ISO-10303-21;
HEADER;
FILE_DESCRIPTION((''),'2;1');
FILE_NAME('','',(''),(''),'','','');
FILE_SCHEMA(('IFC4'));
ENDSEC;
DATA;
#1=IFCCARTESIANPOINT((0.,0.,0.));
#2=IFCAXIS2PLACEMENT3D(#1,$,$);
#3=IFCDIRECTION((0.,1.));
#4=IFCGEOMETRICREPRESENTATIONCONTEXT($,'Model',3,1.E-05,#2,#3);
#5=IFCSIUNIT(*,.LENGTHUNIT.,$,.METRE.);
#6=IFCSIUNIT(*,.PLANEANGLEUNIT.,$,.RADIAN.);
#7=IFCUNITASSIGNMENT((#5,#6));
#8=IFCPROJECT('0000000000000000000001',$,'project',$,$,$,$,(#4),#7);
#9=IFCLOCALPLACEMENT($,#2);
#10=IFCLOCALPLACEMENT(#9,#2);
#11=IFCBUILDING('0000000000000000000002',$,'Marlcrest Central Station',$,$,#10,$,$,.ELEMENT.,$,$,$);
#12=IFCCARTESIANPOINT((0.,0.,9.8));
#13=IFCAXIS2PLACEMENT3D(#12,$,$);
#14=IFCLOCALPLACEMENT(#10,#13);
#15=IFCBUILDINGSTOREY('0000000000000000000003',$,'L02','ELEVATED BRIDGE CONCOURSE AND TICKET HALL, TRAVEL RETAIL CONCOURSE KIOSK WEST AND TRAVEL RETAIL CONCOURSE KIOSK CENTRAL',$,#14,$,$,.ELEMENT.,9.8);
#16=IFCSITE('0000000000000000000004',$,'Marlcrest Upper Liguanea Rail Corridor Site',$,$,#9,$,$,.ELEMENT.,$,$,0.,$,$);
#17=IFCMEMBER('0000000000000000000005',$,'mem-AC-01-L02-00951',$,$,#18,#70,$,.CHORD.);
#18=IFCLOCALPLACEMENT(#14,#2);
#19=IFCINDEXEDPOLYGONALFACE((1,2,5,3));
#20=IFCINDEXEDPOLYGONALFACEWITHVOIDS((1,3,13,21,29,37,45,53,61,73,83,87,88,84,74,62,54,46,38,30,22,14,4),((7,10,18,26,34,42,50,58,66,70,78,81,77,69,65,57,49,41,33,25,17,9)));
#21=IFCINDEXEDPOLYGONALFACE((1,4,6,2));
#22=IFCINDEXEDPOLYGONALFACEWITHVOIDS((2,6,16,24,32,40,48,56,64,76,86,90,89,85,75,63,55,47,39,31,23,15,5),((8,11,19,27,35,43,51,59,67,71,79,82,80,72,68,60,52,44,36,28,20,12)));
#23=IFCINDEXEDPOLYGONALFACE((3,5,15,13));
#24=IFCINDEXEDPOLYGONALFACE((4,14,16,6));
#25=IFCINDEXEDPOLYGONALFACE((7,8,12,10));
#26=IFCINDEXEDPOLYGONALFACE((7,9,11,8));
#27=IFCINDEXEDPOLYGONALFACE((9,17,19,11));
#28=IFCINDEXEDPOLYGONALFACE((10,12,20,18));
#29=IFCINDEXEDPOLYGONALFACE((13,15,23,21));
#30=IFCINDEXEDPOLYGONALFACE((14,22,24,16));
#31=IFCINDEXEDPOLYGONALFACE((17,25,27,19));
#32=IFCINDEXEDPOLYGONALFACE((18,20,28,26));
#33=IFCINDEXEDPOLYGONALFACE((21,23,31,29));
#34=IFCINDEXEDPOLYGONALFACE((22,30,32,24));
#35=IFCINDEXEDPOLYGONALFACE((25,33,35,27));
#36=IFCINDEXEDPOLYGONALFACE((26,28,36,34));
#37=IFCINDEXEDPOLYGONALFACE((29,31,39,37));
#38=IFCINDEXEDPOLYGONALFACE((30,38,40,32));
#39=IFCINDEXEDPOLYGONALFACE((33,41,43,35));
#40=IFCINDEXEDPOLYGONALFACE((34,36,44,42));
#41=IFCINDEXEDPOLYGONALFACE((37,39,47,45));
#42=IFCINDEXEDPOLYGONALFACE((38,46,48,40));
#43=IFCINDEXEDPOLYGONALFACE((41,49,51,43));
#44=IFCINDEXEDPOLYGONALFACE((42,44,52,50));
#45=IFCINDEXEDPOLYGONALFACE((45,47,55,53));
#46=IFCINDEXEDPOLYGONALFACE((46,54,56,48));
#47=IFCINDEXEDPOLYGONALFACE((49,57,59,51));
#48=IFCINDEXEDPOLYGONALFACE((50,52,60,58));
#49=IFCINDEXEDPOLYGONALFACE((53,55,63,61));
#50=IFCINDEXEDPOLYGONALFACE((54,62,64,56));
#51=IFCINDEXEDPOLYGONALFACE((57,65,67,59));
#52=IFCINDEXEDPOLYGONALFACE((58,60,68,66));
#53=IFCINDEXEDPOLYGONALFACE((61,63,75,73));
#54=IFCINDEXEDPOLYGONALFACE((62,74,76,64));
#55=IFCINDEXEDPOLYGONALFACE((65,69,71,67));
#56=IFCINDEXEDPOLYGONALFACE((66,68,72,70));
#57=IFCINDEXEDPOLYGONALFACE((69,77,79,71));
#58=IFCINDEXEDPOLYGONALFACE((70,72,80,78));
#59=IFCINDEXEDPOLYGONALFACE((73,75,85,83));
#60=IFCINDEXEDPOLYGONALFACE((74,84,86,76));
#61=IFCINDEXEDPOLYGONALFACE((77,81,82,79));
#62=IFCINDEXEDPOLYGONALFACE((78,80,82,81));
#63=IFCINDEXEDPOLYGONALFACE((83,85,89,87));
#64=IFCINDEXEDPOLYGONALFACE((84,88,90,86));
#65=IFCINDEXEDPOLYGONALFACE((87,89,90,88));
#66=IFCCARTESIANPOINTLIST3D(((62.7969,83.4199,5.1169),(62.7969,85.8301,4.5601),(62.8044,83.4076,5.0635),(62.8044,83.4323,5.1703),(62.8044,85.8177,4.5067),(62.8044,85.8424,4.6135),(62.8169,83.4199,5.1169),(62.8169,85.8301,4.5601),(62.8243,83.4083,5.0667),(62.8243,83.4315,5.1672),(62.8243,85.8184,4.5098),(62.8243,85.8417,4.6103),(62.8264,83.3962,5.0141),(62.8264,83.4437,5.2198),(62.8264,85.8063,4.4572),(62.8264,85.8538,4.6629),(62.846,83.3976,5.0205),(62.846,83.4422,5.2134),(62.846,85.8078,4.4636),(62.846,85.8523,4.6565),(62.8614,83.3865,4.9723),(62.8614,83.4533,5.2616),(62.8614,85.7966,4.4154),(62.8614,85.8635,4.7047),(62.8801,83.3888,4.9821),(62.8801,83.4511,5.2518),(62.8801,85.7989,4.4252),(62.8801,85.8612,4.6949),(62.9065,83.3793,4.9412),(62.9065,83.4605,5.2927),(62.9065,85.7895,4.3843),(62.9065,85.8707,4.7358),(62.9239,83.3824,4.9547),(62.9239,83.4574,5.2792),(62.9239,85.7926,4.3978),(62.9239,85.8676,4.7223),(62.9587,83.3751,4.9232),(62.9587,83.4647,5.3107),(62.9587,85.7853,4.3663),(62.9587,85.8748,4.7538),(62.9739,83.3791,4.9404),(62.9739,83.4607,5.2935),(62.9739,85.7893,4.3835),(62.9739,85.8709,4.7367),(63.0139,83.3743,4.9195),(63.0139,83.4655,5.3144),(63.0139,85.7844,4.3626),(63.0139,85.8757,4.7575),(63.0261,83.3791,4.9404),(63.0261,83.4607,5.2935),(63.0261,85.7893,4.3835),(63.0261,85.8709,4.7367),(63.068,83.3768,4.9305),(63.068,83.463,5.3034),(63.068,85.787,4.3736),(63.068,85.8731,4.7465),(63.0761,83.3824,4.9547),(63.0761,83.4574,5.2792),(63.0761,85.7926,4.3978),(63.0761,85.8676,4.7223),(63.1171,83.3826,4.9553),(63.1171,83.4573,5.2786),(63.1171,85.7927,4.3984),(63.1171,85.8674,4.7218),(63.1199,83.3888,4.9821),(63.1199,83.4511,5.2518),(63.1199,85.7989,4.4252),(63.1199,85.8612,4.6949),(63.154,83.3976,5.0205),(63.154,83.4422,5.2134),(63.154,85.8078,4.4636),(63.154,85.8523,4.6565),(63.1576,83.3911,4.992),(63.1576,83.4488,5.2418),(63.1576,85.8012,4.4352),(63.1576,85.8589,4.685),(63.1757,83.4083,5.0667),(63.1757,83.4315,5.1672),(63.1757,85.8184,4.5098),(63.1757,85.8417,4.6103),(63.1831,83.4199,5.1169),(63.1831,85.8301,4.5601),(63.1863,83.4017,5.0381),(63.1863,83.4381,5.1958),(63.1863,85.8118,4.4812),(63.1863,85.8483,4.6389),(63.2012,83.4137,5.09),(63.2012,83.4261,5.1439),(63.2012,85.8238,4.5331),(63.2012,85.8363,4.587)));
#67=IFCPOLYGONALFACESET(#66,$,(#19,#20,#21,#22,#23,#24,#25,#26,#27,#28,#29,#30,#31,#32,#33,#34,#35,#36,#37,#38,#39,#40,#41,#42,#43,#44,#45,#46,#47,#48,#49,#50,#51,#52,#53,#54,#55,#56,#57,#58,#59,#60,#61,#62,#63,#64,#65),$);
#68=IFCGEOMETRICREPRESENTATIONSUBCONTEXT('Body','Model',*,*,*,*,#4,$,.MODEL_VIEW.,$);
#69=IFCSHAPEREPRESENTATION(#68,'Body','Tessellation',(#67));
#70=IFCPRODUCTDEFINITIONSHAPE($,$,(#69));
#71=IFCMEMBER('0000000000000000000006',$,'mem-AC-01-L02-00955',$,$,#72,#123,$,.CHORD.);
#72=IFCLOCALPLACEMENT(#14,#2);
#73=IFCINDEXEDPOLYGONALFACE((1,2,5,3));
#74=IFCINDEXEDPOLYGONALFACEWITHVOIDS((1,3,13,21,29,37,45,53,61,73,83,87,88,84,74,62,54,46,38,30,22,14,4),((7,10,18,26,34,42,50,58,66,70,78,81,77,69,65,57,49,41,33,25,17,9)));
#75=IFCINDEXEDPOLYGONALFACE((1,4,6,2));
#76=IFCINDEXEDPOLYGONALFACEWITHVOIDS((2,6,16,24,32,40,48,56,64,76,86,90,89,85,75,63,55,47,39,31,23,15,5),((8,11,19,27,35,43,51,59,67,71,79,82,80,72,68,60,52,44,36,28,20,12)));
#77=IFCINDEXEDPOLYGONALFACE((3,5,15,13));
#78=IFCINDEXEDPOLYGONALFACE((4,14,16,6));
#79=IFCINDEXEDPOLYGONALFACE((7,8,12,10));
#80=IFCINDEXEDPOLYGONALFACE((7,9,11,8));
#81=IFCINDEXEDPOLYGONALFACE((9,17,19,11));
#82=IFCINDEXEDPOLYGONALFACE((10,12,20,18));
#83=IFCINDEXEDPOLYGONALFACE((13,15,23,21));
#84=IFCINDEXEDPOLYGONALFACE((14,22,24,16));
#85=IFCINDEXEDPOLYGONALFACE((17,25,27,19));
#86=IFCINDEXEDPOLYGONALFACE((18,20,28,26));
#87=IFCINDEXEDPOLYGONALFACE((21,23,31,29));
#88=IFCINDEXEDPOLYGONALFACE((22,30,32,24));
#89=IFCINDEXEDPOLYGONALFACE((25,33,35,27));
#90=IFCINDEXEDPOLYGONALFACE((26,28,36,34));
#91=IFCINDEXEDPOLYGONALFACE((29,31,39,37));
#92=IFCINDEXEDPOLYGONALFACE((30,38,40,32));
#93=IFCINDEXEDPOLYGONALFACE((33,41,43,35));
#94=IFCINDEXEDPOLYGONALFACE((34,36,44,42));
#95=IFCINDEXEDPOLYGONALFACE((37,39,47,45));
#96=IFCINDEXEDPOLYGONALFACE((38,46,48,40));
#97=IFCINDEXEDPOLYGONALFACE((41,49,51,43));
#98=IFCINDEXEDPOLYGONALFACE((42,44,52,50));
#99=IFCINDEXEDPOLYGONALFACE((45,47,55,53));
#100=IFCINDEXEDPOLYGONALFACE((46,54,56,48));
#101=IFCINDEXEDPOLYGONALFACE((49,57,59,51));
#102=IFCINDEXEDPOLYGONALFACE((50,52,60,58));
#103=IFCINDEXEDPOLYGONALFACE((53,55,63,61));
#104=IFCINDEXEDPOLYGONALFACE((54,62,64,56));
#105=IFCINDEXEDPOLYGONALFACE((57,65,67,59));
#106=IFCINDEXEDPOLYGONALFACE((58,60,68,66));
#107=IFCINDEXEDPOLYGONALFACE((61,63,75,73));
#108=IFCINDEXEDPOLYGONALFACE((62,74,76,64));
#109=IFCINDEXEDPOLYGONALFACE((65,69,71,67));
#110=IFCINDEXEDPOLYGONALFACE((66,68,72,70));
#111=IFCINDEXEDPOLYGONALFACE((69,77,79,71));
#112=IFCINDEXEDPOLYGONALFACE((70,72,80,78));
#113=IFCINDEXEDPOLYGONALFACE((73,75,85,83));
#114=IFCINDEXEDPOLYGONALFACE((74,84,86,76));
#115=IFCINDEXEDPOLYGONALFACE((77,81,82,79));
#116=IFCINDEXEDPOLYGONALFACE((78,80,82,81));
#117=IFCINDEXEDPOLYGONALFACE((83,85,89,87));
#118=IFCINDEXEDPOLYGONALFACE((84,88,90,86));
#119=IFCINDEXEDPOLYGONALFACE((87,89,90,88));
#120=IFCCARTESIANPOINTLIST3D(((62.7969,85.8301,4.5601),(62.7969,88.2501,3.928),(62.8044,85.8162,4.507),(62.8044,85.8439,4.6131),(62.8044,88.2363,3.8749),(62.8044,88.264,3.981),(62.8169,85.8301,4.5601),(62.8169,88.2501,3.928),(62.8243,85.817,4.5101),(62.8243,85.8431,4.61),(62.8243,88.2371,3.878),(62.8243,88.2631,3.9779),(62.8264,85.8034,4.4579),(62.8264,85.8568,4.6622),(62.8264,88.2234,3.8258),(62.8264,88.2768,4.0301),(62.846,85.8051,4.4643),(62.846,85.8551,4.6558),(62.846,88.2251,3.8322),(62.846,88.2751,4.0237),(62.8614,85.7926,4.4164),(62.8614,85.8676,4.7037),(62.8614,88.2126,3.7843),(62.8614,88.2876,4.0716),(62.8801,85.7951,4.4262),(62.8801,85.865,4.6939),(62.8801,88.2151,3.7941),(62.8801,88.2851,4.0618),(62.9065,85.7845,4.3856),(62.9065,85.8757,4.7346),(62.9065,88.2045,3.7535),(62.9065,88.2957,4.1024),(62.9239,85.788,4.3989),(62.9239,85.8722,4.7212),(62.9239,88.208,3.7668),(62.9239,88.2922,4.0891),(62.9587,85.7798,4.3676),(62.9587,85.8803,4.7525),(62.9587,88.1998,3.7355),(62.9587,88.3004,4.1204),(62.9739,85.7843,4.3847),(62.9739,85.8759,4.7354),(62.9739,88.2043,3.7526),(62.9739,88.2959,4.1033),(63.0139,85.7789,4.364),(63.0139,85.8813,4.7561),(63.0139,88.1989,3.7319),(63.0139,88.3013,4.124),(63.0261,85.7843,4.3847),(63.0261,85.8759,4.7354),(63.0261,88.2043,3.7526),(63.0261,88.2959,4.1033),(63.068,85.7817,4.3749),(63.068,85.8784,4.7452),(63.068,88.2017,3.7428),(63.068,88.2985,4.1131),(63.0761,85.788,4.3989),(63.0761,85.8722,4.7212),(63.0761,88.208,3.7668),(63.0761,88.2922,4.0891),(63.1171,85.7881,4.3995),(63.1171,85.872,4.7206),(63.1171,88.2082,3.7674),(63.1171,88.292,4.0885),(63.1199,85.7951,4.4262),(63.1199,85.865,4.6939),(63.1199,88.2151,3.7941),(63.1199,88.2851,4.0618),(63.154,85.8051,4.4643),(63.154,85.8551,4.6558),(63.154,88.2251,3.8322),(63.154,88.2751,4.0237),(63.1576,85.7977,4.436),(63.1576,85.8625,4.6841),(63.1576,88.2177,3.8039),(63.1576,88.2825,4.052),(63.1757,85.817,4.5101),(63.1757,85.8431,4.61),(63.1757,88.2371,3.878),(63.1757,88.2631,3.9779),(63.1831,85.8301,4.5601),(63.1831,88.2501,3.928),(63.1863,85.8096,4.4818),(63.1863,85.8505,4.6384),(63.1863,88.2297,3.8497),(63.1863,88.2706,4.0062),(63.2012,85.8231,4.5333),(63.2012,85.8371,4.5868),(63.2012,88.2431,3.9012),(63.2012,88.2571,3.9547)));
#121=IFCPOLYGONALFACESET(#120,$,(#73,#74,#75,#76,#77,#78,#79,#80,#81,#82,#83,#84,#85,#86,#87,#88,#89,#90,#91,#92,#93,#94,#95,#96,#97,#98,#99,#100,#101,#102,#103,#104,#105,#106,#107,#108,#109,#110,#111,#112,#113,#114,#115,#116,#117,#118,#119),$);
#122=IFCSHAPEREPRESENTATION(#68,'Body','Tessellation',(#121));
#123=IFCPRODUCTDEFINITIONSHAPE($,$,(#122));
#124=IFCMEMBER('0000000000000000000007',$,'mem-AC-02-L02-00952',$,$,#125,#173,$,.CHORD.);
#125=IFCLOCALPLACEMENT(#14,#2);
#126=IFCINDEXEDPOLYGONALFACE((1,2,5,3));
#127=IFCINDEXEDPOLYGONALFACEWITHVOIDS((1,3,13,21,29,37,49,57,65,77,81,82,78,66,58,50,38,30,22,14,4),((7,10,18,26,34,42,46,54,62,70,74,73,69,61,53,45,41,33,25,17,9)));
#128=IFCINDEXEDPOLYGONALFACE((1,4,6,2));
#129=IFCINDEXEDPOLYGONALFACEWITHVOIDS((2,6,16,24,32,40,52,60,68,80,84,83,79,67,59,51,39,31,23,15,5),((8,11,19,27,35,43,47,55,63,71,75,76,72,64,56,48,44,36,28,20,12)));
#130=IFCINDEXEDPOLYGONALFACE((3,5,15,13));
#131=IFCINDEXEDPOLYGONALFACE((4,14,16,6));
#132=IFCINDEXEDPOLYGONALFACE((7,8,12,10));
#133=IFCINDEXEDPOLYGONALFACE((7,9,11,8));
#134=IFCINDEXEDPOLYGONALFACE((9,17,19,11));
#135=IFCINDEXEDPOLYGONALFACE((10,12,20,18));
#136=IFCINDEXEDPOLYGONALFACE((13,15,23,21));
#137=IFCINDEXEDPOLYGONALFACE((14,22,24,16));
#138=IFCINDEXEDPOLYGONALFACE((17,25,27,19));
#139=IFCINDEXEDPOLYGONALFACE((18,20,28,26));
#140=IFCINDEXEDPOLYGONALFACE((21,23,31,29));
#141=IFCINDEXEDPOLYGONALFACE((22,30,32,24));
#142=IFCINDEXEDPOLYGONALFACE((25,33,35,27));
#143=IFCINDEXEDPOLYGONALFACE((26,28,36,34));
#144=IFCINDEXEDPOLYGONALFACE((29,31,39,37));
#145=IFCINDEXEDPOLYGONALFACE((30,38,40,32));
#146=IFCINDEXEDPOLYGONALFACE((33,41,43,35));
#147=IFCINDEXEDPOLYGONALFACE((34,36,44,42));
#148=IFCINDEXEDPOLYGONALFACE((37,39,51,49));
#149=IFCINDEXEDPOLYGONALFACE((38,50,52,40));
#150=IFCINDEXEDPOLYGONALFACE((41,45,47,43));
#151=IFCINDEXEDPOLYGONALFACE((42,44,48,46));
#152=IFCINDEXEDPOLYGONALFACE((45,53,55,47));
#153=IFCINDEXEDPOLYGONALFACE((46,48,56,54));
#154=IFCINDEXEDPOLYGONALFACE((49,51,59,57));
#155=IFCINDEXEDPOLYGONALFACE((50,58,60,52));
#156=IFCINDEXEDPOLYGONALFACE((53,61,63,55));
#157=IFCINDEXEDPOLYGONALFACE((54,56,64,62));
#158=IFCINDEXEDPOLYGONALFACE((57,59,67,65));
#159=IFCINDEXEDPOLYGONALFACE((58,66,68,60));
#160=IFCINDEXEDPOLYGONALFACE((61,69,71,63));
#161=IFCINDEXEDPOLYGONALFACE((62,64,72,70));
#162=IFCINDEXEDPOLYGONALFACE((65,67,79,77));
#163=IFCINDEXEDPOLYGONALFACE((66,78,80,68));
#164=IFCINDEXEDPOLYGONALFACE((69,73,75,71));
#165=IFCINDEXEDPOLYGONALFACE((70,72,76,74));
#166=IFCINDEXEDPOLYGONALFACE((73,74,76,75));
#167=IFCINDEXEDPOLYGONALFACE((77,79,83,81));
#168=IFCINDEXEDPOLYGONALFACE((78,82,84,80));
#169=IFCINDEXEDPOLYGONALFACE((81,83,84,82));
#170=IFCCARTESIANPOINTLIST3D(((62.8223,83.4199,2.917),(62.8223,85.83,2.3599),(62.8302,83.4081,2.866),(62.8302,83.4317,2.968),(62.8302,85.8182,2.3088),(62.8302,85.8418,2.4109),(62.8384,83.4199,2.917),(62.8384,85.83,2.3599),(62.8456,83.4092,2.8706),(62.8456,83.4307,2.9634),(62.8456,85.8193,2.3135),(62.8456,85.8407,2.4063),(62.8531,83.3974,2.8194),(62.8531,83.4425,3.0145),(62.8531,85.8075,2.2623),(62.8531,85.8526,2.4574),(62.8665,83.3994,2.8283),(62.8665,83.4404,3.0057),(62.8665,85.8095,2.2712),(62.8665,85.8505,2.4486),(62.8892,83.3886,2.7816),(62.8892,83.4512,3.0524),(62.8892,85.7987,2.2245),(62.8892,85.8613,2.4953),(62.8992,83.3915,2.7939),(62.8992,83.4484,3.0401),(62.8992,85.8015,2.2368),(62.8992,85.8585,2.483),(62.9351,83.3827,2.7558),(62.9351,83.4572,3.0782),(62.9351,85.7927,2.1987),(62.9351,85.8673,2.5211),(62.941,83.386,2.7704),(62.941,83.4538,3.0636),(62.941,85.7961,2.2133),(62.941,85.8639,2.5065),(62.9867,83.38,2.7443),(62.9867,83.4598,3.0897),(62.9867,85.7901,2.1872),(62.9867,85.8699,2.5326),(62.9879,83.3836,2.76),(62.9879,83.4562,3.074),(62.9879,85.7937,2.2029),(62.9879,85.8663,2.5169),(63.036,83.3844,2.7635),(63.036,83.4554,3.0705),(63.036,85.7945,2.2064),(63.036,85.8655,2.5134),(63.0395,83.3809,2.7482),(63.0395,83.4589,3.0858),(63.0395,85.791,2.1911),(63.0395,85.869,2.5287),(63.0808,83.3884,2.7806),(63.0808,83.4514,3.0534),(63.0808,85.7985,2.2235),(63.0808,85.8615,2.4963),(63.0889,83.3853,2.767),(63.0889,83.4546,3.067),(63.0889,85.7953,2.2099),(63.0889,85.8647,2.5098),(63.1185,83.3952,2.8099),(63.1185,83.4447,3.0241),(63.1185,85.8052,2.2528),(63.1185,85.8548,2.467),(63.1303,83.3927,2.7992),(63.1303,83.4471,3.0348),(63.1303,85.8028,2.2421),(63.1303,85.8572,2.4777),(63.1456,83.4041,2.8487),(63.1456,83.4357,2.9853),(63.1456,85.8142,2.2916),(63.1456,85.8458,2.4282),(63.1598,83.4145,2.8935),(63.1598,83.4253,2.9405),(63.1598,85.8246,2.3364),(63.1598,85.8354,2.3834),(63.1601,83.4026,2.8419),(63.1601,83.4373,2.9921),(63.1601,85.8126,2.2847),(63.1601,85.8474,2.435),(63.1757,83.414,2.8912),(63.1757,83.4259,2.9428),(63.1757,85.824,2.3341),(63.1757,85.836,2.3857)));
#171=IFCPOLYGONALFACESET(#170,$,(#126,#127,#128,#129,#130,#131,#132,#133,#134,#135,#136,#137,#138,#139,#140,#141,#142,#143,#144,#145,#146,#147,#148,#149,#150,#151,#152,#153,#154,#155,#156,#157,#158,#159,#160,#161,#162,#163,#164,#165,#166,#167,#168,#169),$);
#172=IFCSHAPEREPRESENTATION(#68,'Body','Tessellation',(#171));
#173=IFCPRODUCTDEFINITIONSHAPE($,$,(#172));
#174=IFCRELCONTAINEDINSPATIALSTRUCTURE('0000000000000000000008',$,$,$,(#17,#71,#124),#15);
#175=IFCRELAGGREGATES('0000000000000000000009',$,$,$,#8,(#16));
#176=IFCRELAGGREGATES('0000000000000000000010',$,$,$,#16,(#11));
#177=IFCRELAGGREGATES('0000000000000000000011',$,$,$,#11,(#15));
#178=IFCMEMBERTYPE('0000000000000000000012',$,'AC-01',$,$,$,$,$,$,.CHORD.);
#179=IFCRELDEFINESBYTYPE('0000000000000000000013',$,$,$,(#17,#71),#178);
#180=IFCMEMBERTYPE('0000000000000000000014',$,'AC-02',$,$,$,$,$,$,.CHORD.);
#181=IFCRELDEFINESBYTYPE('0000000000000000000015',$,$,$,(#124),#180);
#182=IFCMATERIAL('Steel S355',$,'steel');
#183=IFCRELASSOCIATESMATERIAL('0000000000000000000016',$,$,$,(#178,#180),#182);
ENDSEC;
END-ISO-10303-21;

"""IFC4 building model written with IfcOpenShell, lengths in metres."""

from ifc_helpers import new_model, si_unit, direction, frame, origin, origin_2d, place, context, subcontext, project, spatial, hollow_circle, extrude, material, material_profile, profile_set, type_object, element, save


model = new_model("IFC4")

# Units and contexts
model_context = context("Model", 3, precision=1e-05, world=origin(), true_north=direction((0.0, 1.0)))
body_context = subcontext(model_context, "Body", "Model", "MODEL_VIEW")
ifc_project = project(units=[si_unit("LENGTHUNIT", "METRE"), si_unit("PLANEANGLEUNIT", "RADIAN")], contexts=[model_context])

# Site, building, storey
site_placement = place(None, origin())
site = spatial("IfcSite", under=ifc_project, at=site_placement, Name="Marlcrest Upper Liguanea Rail Corridor Site", CompositionType="ELEMENT", RefElevation=0.0)
building_placement = place(site_placement, origin())
building = spatial("IfcBuilding", under=site, at=building_placement, Name="Marlcrest Central Station", CompositionType="ELEMENT")
storey_placement = place(building_placement, frame((0.0, 0.0, 9.8)))
storey = spatial("IfcBuildingStorey", under=building, at=storey_placement, Name="L02", Description="ELEVATED BRIDGE CONCOURSE AND TICKET HALL, TRAVEL RETAIL CONCOURSE KIOSK WEST AND TRAVEL RETAIL CONCOURSE KIOSK CENTRAL", CompositionType="ELEMENT", Elevation=9.8)

# Members
ifc_material_1 = material(Name="Steel S355", Category="steel")
ifc_material_profile_1 = material_profile(ifc_material_1, hollow_circle(Radius=0.2031, WallThickness=0.02, at=origin_2d()), Name="CHS 406.4x20")
ifc_profile_set_1 = profile_set([ifc_material_profile_1], Name="Steel S355")
member_type_1 = type_object("IfcMemberType", Name="AC-01", PredefinedType="CHORD", material=ifc_profile_set_1)
member_1_placement = place(storey_placement, frame((63.0, 83.4199, 5.1169), z_axis=(0.0, 0.97433, -0.225126), x_axis=(-1.0, 0.0, 0.0)))
element("IfcMember", 1, at=member_1_placement, inside=storey, type_object=member_type_1, Name="mem-AC-01-L02-00951", PredefinedType="CHORD", context=body_context, shape_type="SweptSolid", body=[
    extrude(hollow_circle(Radius=0.2031, WallThickness=0.02, at=origin_2d()), origin(), (0.0, 0.0, 1.0), 2.4736),
])
member_2_placement = place(storey_placement, frame((63.0, 85.8301, 4.5601), z_axis=(0.0, 0.967539, -0.25272), x_axis=(-1.0, 0.0, 0.0)))
element("IfcMember", 2, at=member_2_placement, inside=storey, type_object=member_type_1, Name="mem-AC-01-L02-00955", PredefinedType="CHORD", context=body_context, shape_type="SweptSolid", body=[
    extrude(hollow_circle(Radius=0.2031, WallThickness=0.02, at=origin_2d()), origin(), (0.0, 0.0, 1.0), 2.5012),
])
ifc_material_profile_2 = material_profile(ifc_material_1, hollow_circle(Radius=0.1777, WallThickness=0.0161, at=origin_2d()), Name="CHS 355.6x16")
ifc_profile_set_2 = profile_set([ifc_material_profile_2], Name="Steel S355")
member_type_2 = type_object("IfcMemberType", Name="AC-02", PredefinedType="CHORD", material=ifc_profile_set_2)
member_3_placement = place(storey_placement, frame((63.0, 83.4199, 2.917), z_axis=(0.0, 0.974308, -0.22522), x_axis=(-1.0, 0.0, 0.0)))
element("IfcMember", 3, at=member_3_placement, inside=storey, type_object=member_type_2, Name="mem-AC-02-L02-00952", PredefinedType="CHORD", context=body_context, shape_type="SweptSolid", body=[
    extrude(hollow_circle(Radius=0.1777, WallThickness=0.0161, at=origin_2d()), origin(), (0.0, 0.0, 1.0), 2.4736),
])

save(model, "model.ifc")
